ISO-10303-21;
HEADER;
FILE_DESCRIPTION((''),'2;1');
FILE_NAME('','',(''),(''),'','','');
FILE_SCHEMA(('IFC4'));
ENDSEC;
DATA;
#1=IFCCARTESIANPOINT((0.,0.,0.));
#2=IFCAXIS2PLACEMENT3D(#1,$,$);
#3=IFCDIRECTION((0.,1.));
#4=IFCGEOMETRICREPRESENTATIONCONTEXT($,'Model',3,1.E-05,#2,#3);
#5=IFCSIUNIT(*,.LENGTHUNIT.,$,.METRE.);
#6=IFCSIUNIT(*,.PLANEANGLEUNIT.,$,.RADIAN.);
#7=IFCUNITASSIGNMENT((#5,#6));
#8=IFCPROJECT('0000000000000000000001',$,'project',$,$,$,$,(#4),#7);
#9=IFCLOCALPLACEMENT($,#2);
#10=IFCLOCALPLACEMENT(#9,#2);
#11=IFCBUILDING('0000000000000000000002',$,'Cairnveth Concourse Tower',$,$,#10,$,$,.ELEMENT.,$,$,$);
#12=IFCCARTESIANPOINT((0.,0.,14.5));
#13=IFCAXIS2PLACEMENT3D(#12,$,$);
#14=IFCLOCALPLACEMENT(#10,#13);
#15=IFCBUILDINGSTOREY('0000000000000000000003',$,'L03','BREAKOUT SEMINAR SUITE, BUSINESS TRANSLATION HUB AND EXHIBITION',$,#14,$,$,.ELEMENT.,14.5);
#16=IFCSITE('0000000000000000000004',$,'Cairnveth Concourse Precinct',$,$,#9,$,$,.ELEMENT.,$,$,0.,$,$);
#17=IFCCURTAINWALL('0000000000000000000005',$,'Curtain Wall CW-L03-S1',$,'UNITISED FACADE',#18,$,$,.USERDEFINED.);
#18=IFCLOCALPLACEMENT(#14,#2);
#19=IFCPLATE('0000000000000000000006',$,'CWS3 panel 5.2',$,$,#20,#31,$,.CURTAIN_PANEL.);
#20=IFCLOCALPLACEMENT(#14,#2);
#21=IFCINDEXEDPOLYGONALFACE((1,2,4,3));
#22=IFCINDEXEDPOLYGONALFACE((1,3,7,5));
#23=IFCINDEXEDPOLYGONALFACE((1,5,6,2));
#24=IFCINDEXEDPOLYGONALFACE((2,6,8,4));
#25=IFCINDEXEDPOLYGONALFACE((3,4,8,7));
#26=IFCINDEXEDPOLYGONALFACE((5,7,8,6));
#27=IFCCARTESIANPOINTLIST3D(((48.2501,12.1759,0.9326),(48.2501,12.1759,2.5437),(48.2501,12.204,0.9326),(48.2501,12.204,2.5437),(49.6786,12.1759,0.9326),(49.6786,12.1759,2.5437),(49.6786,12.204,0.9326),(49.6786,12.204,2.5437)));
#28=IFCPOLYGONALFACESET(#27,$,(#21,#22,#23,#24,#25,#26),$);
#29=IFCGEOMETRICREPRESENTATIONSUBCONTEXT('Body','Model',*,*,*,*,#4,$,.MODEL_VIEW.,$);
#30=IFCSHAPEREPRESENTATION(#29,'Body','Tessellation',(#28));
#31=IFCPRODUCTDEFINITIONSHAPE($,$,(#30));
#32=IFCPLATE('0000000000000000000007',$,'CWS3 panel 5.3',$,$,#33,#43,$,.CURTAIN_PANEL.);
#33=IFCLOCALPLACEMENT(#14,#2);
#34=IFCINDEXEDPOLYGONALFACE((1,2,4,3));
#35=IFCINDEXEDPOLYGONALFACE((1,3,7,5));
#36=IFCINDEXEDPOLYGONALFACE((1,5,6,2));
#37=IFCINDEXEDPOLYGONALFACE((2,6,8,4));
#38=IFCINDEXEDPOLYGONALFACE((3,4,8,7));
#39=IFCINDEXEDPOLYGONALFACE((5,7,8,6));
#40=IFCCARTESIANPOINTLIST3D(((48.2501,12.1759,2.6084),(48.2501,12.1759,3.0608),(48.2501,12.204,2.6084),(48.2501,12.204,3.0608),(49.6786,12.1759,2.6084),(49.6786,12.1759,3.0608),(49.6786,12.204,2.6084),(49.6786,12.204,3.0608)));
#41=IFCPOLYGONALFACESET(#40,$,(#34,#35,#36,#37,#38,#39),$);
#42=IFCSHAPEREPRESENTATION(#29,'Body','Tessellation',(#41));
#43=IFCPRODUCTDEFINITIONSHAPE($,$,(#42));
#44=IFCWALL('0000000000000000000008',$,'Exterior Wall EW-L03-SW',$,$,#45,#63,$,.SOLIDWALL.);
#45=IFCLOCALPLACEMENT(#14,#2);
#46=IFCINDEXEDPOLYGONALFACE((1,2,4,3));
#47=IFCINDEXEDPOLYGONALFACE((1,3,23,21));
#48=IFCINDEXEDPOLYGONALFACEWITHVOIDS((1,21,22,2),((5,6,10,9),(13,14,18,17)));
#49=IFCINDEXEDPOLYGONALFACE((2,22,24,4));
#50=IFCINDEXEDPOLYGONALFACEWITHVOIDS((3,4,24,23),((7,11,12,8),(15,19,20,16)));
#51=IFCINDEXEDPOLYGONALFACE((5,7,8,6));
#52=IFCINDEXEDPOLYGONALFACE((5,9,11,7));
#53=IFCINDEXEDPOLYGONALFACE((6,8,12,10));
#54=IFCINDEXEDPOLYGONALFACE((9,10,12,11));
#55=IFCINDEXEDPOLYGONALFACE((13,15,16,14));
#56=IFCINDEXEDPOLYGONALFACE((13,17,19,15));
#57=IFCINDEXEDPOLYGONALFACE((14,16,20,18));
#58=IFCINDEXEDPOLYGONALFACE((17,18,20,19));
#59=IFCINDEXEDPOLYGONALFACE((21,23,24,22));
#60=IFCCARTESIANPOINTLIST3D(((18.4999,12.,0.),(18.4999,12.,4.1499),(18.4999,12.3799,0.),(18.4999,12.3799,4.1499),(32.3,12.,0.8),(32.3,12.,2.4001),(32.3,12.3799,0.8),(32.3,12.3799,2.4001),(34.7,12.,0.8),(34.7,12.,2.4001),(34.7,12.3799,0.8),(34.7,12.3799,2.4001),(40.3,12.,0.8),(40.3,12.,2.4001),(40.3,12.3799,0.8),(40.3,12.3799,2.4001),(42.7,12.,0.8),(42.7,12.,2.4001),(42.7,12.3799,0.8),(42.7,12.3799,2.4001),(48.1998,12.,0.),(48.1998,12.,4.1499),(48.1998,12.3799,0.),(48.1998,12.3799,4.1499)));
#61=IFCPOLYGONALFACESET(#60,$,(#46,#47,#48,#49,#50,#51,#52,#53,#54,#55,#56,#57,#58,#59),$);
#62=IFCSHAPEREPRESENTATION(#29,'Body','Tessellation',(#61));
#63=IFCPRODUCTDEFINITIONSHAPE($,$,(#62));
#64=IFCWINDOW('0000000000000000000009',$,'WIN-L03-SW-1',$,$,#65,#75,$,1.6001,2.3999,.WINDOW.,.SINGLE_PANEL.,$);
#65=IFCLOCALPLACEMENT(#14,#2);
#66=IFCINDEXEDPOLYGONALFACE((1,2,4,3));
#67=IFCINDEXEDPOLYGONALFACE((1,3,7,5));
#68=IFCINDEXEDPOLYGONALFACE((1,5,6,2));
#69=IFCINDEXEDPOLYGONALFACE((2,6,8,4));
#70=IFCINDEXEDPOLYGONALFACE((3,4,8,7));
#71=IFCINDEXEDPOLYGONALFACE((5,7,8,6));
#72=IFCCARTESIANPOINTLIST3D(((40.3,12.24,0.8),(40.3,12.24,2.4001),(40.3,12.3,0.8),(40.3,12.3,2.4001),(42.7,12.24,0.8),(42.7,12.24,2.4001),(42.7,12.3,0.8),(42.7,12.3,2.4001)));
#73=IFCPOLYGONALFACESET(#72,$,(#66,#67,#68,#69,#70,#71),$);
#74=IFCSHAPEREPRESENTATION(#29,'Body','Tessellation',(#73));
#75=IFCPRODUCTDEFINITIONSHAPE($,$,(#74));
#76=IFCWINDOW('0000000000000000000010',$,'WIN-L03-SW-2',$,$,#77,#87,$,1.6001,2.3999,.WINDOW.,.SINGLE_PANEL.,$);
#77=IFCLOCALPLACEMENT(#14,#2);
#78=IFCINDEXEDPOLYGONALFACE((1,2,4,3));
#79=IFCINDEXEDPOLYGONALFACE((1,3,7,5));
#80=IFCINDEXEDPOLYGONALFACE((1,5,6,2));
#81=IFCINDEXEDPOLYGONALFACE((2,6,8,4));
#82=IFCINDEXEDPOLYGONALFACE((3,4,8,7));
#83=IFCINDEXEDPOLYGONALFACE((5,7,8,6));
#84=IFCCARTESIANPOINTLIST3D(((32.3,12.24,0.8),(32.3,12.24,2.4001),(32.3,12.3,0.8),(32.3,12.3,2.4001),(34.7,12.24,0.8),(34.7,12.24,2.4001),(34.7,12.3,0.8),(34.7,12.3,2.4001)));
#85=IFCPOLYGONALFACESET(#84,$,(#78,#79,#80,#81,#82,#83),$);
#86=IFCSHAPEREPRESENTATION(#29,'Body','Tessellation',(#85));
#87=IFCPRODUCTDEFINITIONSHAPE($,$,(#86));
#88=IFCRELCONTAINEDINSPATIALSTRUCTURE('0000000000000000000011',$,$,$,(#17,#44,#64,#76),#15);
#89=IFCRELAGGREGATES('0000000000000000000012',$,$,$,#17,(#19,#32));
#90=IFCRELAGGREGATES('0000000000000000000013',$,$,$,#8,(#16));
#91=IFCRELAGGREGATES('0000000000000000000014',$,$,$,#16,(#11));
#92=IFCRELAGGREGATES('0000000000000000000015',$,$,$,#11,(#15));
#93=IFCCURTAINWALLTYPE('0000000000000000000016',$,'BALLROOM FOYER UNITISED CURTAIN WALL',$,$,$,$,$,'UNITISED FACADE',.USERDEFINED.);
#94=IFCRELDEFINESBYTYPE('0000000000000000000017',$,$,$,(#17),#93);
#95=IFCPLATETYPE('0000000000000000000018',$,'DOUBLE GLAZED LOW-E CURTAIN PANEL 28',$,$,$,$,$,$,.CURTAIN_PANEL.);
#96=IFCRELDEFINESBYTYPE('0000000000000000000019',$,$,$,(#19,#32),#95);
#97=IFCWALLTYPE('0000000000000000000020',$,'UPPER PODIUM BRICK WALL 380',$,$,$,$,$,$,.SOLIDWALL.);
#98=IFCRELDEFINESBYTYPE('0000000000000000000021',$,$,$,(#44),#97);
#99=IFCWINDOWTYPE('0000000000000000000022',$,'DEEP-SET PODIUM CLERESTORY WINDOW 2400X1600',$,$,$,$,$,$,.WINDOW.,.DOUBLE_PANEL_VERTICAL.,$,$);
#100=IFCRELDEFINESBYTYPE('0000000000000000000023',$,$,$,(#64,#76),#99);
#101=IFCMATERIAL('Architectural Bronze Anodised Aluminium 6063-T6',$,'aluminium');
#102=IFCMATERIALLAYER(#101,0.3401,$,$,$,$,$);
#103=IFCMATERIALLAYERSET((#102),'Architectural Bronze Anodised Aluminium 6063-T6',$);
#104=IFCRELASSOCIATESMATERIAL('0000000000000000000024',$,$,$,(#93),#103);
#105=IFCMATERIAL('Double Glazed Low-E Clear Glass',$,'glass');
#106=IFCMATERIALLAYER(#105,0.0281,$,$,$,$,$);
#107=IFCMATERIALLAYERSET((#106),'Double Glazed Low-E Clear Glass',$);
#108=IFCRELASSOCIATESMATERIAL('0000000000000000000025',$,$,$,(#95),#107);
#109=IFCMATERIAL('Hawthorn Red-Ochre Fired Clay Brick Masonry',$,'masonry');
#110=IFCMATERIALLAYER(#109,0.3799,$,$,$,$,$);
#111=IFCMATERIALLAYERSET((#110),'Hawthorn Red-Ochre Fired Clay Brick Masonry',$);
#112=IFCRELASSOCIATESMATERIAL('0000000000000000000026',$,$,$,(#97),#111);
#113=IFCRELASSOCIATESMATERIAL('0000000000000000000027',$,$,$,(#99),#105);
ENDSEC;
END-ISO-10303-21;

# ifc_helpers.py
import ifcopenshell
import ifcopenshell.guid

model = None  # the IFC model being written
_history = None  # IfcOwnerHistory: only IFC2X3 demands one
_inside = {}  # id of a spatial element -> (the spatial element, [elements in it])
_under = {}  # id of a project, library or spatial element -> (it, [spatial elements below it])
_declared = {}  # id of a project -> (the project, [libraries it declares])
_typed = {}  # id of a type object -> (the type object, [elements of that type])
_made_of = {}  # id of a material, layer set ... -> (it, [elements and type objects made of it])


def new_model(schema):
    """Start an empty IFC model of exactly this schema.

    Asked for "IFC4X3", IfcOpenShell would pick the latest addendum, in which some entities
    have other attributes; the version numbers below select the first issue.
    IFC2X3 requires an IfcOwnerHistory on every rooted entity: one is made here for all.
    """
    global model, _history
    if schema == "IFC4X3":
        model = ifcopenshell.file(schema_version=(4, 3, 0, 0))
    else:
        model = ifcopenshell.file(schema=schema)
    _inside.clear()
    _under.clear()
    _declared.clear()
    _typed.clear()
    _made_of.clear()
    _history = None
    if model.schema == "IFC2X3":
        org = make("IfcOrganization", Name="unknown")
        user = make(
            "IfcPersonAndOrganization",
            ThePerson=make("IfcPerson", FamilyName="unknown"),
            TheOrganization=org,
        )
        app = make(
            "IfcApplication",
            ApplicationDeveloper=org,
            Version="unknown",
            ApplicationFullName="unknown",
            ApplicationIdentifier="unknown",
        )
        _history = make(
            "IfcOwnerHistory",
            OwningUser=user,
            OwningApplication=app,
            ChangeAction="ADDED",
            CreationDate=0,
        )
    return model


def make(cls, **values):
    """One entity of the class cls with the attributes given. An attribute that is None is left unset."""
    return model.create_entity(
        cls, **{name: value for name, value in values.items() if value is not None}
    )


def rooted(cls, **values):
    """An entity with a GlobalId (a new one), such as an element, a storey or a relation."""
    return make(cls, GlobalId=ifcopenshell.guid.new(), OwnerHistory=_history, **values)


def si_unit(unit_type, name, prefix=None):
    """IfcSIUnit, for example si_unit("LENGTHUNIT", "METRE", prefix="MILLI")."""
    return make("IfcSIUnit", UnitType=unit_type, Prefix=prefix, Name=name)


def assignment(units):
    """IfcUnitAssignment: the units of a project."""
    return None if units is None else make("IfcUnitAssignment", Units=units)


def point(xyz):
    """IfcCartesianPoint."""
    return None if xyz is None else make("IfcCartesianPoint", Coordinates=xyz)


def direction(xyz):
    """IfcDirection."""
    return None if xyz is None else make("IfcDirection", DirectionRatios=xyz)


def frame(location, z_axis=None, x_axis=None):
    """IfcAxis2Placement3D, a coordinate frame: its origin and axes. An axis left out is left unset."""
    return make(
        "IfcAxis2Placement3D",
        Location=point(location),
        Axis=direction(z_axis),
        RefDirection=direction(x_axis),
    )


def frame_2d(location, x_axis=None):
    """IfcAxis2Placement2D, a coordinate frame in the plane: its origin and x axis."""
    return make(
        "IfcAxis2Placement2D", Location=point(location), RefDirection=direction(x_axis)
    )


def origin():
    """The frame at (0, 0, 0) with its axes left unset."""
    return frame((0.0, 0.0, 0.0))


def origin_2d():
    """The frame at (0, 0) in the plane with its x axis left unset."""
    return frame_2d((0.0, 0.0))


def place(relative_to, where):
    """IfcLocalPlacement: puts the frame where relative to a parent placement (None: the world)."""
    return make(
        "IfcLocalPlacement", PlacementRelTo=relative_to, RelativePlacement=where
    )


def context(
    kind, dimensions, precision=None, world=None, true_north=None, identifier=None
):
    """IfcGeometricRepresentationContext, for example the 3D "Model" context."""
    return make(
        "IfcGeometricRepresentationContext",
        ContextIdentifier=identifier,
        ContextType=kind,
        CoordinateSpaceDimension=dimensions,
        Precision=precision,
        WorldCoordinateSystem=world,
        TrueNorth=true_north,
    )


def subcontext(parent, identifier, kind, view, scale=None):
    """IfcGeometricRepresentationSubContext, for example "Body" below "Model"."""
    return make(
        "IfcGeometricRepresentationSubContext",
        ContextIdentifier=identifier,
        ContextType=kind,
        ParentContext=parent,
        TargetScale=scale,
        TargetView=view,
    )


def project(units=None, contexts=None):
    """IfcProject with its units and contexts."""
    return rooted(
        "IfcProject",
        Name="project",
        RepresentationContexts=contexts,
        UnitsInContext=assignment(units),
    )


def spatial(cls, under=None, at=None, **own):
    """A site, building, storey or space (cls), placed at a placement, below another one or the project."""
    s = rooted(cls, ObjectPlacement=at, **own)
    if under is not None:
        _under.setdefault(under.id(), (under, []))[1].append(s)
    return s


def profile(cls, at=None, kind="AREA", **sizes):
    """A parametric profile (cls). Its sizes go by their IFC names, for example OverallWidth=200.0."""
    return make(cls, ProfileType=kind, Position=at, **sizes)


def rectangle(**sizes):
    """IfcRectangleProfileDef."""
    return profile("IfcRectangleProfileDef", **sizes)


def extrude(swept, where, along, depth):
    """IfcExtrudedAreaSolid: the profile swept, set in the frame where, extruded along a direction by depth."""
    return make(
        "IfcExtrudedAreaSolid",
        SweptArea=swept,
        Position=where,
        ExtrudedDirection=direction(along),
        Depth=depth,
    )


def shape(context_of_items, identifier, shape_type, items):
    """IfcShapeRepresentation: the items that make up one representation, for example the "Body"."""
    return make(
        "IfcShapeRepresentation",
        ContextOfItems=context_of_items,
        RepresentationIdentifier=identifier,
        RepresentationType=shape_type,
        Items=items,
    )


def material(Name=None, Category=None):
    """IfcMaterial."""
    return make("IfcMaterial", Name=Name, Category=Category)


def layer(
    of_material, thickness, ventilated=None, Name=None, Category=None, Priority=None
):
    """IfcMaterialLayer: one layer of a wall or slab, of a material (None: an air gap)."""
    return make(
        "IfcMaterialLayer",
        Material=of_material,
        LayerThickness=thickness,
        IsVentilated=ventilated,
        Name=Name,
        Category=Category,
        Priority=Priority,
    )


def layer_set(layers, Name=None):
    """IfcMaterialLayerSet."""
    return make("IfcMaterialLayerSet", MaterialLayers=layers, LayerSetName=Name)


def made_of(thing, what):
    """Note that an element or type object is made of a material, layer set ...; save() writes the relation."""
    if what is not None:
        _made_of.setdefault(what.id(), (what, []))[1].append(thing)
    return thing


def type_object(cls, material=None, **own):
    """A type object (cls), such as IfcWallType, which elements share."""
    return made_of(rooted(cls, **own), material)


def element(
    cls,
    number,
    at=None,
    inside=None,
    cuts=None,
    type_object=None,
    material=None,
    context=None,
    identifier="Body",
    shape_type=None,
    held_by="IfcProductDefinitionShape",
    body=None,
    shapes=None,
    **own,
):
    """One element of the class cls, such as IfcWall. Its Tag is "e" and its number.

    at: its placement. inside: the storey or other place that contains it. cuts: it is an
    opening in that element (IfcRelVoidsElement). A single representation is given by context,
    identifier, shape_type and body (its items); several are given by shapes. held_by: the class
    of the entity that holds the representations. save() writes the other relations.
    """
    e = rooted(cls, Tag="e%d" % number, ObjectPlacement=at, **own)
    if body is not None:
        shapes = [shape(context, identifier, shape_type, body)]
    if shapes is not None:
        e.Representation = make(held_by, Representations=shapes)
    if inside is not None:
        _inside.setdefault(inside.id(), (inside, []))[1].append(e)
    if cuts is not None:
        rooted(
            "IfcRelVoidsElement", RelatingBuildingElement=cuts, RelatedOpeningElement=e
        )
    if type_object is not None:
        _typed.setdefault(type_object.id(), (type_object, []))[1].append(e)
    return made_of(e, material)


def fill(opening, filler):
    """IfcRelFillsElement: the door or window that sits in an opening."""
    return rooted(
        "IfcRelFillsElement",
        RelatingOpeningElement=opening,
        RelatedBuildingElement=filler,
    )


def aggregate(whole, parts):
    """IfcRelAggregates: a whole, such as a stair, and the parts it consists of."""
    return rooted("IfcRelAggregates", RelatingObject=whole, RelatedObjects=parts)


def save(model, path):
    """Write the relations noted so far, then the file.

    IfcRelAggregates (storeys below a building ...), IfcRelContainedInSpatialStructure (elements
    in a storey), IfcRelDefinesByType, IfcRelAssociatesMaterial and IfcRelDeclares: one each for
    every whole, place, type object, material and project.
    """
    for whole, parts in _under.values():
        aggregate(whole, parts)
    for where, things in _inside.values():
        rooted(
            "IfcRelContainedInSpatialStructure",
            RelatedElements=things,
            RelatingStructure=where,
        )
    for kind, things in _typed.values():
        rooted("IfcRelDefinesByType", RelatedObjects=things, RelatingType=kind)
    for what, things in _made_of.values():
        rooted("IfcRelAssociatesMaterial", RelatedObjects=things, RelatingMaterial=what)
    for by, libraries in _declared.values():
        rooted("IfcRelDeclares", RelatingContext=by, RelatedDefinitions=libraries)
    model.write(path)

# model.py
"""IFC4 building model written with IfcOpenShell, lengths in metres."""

from ifc_helpers import new_model, si_unit, direction, frame, frame_2d, origin, origin_2d, place, context, subcontext, project, spatial, rectangle, extrude, material, layer, layer_set, type_object, element, fill, aggregate, save


model = new_model("IFC4")

# Units and contexts
model_context = context("Model", 3, precision=1e-05, world=origin(), true_north=direction((0.0, 1.0)))
body_context = subcontext(model_context, "Body", "Model", "MODEL_VIEW")
ifc_project = project(units=[si_unit("LENGTHUNIT", "METRE"), si_unit("PLANEANGLEUNIT", "RADIAN")], contexts=[model_context])

# Site, building, storey
site_placement = place(None, origin())
site = spatial("IfcSite", under=ifc_project, at=site_placement, Name="Cairnveth Concourse Precinct", CompositionType="ELEMENT", RefElevation=0.0)
building_placement = place(site_placement, origin())
building = spatial("IfcBuilding", under=site, at=building_placement, Name="Cairnveth Concourse Tower", CompositionType="ELEMENT")
storey_placement = place(building_placement, frame((0.0, 0.0, 14.5)))
storey = spatial("IfcBuildingStorey", under=building, at=storey_placement, Name="L03", Description="BREAKOUT SEMINAR SUITE, BUSINESS TRANSLATION HUB AND EXHIBITION", CompositionType="ELEMENT", Elevation=14.5)

# Curtain wall, plates
ifc_material_1 = material(Name="Architectural Bronze Anodised Aluminium 6063-T6", Category="aluminium")
ifc_layer_1 = layer(ifc_material_1, 0.3401)
ifc_layer_set_1 = layer_set([ifc_layer_1], Name="Architectural Bronze Anodised Aluminium 6063-T6")
curtain_wall_type = type_object("IfcCurtainWallType", Name="BALLROOM FOYER UNITISED CURTAIN WALL", ElementType="UNITISED FACADE", PredefinedType="USERDEFINED", material=ifc_layer_set_1)
curtain_wall_placement = place(storey_placement, origin())
curtain_wall = element("IfcCurtainWall", 1, at=curtain_wall_placement, inside=storey, type_object=curtain_wall_type, Name="Curtain Wall CW-L03-S1", ObjectType="UNITISED FACADE", PredefinedType="USERDEFINED")
ifc_material_2 = material(Name="Double Glazed Low-E Clear Glass", Category="glass")
ifc_layer_2 = layer(ifc_material_2, 0.0281)
ifc_layer_set_2 = layer_set([ifc_layer_2], Name="Double Glazed Low-E Clear Glass")
plate_type = type_object("IfcPlateType", Name="DOUBLE GLAZED LOW-E CURTAIN PANEL 28", PredefinedType="CURTAIN_PANEL", material=ifc_layer_set_2)
plate_1_placement = place(storey_placement, frame((48.9644, 12.1899, 0.9326), z_axis=(0.0, 0.0, 1.0), x_axis=(-1.0, 0.0, 0.0)))
plate_1 = element("IfcPlate", 2, at=plate_1_placement, type_object=plate_type, Name="CWS3 panel 5.2", PredefinedType="CURTAIN_PANEL", context=body_context, shape_type="SweptSolid", body=[
    extrude(rectangle(XDim=1.4285, YDim=0.0281, at=origin_2d()), origin(), (0.0, 0.0, 1.0), 1.6111),
])
plate_2_placement = place(storey_placement, frame((48.9644, 12.1899, 2.6084), z_axis=(0.0, 0.0, 1.0), x_axis=(-1.0, 0.0, 0.0)))
plate_2 = element("IfcPlate", 3, at=plate_2_placement, type_object=plate_type, Name="CWS3 panel 5.3", PredefinedType="CURTAIN_PANEL", context=body_context, shape_type="SweptSolid", body=[
    extrude(rectangle(XDim=1.4285, YDim=0.0281, at=origin_2d()), origin(), (0.0, 0.0, 1.0), 0.4524),
])
aggregate(curtain_wall, [plate_1, plate_2])

# Wall, openings, windows
ifc_material_3 = material(Name="Hawthorn Red-Ochre Fired Clay Brick Masonry", Category="masonry")
ifc_layer_3 = layer(ifc_material_3, 0.3799)
ifc_layer_set_3 = layer_set([ifc_layer_3], Name="Hawthorn Red-Ochre Fired Clay Brick Masonry")
wall_type = type_object("IfcWallType", Name="UPPER PODIUM BRICK WALL 380", PredefinedType="SOLIDWALL", material=ifc_layer_set_3)
wall_placement = place(storey_placement, frame((48.2, 12.1899, 0.0), z_axis=(0.0, 0.0, 1.0), x_axis=(-1.0, 0.0, 0.0)))
wall = element("IfcWall", 4, at=wall_placement, inside=storey, type_object=wall_type, Name="Exterior Wall EW-L03-SW", PredefinedType="SOLIDWALL", context=body_context, shape_type="SweptSolid", body=[
    extrude(rectangle(XDim=29.7, YDim=0.3799, at=frame_2d((14.8501, 0.0))), origin(), (0.0, 0.0, 1.0), 4.1499),
])
opening_1_placement = place(wall_placement, frame((5.5, 0.0, 0.8)))
opening_1 = element("IfcOpeningElement", 5, at=opening_1_placement, cuts=wall, PredefinedType="OPENING", context=body_context, shape_type="SweptSolid", body=[
    extrude(rectangle(XDim=2.3999, YDim=1.6001, at=frame_2d((1.2, 0.8))), frame((0.0, 0.2, 0.0), z_axis=(0.0, -1.0, 0.0), x_axis=(1.0, 0.0, 0.0)), (0.0, 0.0, 1.0), 0.3999),
])
opening_2_placement = place(wall_placement, frame((13.5, 0.0, 0.8)))
opening_2 = element("IfcOpeningElement", 6, at=opening_2_placement, cuts=wall, PredefinedType="OPENING", context=body_context, shape_type="SweptSolid", body=[
    extrude(rectangle(XDim=2.3999, YDim=1.6001, at=frame_2d((1.2, 0.8))), frame((0.0, 0.2, 0.0), z_axis=(0.0, -1.0, 0.0), x_axis=(1.0, 0.0, 0.0)), (0.0, 0.0, 1.0), 0.3999),
])
window_type = type_object("IfcWindowType", Name="DEEP-SET PODIUM CLERESTORY WINDOW 2400X1600", PartitioningType="DOUBLE_PANEL_VERTICAL", PredefinedType="WINDOW", material=ifc_material_2)
window_1_placement = place(opening_1_placement, origin())
window_1 = element("IfcWindow", 7, at=window_1_placement, inside=storey, type_object=window_type, Name="WIN-L03-SW-1", OverallHeight=1.6001, OverallWidth=2.3999, PartitioningType="SINGLE_PANEL", PredefinedType="WINDOW", context=body_context, shape_type="SweptSolid", body=[
    extrude(rectangle(XDim=2.3999, YDim=1.6001, at=frame_2d((1.2, 0.8))), frame((0.0, -0.05, 0.0), z_axis=(0.0, -1.0, 0.0), x_axis=(1.0, 0.0, 0.0)), (0.0, 0.0, 1.0), 0.0601),
])
fill(opening_1, window_1)
window_2_placement = place(opening_2_placement, origin())
window_2 = element("IfcWindow", 8, at=window_2_placement, inside=storey, type_object=window_type, Name="WIN-L03-SW-2", OverallHeight=1.6001, OverallWidth=2.3999, PartitioningType="SINGLE_PANEL", PredefinedType="WINDOW", context=body_context, shape_type="SweptSolid", body=[
    extrude(rectangle(XDim=2.3999, YDim=1.6001, at=frame_2d((1.2, 0.8))), frame((0.0, -0.05, 0.0), z_axis=(0.0, -1.0, 0.0), x_axis=(1.0, 0.0, 0.0)), (0.0, 0.0, 1.0), 0.0601),
])
fill(opening_2, window_2)

save(model, "model.ifc")
